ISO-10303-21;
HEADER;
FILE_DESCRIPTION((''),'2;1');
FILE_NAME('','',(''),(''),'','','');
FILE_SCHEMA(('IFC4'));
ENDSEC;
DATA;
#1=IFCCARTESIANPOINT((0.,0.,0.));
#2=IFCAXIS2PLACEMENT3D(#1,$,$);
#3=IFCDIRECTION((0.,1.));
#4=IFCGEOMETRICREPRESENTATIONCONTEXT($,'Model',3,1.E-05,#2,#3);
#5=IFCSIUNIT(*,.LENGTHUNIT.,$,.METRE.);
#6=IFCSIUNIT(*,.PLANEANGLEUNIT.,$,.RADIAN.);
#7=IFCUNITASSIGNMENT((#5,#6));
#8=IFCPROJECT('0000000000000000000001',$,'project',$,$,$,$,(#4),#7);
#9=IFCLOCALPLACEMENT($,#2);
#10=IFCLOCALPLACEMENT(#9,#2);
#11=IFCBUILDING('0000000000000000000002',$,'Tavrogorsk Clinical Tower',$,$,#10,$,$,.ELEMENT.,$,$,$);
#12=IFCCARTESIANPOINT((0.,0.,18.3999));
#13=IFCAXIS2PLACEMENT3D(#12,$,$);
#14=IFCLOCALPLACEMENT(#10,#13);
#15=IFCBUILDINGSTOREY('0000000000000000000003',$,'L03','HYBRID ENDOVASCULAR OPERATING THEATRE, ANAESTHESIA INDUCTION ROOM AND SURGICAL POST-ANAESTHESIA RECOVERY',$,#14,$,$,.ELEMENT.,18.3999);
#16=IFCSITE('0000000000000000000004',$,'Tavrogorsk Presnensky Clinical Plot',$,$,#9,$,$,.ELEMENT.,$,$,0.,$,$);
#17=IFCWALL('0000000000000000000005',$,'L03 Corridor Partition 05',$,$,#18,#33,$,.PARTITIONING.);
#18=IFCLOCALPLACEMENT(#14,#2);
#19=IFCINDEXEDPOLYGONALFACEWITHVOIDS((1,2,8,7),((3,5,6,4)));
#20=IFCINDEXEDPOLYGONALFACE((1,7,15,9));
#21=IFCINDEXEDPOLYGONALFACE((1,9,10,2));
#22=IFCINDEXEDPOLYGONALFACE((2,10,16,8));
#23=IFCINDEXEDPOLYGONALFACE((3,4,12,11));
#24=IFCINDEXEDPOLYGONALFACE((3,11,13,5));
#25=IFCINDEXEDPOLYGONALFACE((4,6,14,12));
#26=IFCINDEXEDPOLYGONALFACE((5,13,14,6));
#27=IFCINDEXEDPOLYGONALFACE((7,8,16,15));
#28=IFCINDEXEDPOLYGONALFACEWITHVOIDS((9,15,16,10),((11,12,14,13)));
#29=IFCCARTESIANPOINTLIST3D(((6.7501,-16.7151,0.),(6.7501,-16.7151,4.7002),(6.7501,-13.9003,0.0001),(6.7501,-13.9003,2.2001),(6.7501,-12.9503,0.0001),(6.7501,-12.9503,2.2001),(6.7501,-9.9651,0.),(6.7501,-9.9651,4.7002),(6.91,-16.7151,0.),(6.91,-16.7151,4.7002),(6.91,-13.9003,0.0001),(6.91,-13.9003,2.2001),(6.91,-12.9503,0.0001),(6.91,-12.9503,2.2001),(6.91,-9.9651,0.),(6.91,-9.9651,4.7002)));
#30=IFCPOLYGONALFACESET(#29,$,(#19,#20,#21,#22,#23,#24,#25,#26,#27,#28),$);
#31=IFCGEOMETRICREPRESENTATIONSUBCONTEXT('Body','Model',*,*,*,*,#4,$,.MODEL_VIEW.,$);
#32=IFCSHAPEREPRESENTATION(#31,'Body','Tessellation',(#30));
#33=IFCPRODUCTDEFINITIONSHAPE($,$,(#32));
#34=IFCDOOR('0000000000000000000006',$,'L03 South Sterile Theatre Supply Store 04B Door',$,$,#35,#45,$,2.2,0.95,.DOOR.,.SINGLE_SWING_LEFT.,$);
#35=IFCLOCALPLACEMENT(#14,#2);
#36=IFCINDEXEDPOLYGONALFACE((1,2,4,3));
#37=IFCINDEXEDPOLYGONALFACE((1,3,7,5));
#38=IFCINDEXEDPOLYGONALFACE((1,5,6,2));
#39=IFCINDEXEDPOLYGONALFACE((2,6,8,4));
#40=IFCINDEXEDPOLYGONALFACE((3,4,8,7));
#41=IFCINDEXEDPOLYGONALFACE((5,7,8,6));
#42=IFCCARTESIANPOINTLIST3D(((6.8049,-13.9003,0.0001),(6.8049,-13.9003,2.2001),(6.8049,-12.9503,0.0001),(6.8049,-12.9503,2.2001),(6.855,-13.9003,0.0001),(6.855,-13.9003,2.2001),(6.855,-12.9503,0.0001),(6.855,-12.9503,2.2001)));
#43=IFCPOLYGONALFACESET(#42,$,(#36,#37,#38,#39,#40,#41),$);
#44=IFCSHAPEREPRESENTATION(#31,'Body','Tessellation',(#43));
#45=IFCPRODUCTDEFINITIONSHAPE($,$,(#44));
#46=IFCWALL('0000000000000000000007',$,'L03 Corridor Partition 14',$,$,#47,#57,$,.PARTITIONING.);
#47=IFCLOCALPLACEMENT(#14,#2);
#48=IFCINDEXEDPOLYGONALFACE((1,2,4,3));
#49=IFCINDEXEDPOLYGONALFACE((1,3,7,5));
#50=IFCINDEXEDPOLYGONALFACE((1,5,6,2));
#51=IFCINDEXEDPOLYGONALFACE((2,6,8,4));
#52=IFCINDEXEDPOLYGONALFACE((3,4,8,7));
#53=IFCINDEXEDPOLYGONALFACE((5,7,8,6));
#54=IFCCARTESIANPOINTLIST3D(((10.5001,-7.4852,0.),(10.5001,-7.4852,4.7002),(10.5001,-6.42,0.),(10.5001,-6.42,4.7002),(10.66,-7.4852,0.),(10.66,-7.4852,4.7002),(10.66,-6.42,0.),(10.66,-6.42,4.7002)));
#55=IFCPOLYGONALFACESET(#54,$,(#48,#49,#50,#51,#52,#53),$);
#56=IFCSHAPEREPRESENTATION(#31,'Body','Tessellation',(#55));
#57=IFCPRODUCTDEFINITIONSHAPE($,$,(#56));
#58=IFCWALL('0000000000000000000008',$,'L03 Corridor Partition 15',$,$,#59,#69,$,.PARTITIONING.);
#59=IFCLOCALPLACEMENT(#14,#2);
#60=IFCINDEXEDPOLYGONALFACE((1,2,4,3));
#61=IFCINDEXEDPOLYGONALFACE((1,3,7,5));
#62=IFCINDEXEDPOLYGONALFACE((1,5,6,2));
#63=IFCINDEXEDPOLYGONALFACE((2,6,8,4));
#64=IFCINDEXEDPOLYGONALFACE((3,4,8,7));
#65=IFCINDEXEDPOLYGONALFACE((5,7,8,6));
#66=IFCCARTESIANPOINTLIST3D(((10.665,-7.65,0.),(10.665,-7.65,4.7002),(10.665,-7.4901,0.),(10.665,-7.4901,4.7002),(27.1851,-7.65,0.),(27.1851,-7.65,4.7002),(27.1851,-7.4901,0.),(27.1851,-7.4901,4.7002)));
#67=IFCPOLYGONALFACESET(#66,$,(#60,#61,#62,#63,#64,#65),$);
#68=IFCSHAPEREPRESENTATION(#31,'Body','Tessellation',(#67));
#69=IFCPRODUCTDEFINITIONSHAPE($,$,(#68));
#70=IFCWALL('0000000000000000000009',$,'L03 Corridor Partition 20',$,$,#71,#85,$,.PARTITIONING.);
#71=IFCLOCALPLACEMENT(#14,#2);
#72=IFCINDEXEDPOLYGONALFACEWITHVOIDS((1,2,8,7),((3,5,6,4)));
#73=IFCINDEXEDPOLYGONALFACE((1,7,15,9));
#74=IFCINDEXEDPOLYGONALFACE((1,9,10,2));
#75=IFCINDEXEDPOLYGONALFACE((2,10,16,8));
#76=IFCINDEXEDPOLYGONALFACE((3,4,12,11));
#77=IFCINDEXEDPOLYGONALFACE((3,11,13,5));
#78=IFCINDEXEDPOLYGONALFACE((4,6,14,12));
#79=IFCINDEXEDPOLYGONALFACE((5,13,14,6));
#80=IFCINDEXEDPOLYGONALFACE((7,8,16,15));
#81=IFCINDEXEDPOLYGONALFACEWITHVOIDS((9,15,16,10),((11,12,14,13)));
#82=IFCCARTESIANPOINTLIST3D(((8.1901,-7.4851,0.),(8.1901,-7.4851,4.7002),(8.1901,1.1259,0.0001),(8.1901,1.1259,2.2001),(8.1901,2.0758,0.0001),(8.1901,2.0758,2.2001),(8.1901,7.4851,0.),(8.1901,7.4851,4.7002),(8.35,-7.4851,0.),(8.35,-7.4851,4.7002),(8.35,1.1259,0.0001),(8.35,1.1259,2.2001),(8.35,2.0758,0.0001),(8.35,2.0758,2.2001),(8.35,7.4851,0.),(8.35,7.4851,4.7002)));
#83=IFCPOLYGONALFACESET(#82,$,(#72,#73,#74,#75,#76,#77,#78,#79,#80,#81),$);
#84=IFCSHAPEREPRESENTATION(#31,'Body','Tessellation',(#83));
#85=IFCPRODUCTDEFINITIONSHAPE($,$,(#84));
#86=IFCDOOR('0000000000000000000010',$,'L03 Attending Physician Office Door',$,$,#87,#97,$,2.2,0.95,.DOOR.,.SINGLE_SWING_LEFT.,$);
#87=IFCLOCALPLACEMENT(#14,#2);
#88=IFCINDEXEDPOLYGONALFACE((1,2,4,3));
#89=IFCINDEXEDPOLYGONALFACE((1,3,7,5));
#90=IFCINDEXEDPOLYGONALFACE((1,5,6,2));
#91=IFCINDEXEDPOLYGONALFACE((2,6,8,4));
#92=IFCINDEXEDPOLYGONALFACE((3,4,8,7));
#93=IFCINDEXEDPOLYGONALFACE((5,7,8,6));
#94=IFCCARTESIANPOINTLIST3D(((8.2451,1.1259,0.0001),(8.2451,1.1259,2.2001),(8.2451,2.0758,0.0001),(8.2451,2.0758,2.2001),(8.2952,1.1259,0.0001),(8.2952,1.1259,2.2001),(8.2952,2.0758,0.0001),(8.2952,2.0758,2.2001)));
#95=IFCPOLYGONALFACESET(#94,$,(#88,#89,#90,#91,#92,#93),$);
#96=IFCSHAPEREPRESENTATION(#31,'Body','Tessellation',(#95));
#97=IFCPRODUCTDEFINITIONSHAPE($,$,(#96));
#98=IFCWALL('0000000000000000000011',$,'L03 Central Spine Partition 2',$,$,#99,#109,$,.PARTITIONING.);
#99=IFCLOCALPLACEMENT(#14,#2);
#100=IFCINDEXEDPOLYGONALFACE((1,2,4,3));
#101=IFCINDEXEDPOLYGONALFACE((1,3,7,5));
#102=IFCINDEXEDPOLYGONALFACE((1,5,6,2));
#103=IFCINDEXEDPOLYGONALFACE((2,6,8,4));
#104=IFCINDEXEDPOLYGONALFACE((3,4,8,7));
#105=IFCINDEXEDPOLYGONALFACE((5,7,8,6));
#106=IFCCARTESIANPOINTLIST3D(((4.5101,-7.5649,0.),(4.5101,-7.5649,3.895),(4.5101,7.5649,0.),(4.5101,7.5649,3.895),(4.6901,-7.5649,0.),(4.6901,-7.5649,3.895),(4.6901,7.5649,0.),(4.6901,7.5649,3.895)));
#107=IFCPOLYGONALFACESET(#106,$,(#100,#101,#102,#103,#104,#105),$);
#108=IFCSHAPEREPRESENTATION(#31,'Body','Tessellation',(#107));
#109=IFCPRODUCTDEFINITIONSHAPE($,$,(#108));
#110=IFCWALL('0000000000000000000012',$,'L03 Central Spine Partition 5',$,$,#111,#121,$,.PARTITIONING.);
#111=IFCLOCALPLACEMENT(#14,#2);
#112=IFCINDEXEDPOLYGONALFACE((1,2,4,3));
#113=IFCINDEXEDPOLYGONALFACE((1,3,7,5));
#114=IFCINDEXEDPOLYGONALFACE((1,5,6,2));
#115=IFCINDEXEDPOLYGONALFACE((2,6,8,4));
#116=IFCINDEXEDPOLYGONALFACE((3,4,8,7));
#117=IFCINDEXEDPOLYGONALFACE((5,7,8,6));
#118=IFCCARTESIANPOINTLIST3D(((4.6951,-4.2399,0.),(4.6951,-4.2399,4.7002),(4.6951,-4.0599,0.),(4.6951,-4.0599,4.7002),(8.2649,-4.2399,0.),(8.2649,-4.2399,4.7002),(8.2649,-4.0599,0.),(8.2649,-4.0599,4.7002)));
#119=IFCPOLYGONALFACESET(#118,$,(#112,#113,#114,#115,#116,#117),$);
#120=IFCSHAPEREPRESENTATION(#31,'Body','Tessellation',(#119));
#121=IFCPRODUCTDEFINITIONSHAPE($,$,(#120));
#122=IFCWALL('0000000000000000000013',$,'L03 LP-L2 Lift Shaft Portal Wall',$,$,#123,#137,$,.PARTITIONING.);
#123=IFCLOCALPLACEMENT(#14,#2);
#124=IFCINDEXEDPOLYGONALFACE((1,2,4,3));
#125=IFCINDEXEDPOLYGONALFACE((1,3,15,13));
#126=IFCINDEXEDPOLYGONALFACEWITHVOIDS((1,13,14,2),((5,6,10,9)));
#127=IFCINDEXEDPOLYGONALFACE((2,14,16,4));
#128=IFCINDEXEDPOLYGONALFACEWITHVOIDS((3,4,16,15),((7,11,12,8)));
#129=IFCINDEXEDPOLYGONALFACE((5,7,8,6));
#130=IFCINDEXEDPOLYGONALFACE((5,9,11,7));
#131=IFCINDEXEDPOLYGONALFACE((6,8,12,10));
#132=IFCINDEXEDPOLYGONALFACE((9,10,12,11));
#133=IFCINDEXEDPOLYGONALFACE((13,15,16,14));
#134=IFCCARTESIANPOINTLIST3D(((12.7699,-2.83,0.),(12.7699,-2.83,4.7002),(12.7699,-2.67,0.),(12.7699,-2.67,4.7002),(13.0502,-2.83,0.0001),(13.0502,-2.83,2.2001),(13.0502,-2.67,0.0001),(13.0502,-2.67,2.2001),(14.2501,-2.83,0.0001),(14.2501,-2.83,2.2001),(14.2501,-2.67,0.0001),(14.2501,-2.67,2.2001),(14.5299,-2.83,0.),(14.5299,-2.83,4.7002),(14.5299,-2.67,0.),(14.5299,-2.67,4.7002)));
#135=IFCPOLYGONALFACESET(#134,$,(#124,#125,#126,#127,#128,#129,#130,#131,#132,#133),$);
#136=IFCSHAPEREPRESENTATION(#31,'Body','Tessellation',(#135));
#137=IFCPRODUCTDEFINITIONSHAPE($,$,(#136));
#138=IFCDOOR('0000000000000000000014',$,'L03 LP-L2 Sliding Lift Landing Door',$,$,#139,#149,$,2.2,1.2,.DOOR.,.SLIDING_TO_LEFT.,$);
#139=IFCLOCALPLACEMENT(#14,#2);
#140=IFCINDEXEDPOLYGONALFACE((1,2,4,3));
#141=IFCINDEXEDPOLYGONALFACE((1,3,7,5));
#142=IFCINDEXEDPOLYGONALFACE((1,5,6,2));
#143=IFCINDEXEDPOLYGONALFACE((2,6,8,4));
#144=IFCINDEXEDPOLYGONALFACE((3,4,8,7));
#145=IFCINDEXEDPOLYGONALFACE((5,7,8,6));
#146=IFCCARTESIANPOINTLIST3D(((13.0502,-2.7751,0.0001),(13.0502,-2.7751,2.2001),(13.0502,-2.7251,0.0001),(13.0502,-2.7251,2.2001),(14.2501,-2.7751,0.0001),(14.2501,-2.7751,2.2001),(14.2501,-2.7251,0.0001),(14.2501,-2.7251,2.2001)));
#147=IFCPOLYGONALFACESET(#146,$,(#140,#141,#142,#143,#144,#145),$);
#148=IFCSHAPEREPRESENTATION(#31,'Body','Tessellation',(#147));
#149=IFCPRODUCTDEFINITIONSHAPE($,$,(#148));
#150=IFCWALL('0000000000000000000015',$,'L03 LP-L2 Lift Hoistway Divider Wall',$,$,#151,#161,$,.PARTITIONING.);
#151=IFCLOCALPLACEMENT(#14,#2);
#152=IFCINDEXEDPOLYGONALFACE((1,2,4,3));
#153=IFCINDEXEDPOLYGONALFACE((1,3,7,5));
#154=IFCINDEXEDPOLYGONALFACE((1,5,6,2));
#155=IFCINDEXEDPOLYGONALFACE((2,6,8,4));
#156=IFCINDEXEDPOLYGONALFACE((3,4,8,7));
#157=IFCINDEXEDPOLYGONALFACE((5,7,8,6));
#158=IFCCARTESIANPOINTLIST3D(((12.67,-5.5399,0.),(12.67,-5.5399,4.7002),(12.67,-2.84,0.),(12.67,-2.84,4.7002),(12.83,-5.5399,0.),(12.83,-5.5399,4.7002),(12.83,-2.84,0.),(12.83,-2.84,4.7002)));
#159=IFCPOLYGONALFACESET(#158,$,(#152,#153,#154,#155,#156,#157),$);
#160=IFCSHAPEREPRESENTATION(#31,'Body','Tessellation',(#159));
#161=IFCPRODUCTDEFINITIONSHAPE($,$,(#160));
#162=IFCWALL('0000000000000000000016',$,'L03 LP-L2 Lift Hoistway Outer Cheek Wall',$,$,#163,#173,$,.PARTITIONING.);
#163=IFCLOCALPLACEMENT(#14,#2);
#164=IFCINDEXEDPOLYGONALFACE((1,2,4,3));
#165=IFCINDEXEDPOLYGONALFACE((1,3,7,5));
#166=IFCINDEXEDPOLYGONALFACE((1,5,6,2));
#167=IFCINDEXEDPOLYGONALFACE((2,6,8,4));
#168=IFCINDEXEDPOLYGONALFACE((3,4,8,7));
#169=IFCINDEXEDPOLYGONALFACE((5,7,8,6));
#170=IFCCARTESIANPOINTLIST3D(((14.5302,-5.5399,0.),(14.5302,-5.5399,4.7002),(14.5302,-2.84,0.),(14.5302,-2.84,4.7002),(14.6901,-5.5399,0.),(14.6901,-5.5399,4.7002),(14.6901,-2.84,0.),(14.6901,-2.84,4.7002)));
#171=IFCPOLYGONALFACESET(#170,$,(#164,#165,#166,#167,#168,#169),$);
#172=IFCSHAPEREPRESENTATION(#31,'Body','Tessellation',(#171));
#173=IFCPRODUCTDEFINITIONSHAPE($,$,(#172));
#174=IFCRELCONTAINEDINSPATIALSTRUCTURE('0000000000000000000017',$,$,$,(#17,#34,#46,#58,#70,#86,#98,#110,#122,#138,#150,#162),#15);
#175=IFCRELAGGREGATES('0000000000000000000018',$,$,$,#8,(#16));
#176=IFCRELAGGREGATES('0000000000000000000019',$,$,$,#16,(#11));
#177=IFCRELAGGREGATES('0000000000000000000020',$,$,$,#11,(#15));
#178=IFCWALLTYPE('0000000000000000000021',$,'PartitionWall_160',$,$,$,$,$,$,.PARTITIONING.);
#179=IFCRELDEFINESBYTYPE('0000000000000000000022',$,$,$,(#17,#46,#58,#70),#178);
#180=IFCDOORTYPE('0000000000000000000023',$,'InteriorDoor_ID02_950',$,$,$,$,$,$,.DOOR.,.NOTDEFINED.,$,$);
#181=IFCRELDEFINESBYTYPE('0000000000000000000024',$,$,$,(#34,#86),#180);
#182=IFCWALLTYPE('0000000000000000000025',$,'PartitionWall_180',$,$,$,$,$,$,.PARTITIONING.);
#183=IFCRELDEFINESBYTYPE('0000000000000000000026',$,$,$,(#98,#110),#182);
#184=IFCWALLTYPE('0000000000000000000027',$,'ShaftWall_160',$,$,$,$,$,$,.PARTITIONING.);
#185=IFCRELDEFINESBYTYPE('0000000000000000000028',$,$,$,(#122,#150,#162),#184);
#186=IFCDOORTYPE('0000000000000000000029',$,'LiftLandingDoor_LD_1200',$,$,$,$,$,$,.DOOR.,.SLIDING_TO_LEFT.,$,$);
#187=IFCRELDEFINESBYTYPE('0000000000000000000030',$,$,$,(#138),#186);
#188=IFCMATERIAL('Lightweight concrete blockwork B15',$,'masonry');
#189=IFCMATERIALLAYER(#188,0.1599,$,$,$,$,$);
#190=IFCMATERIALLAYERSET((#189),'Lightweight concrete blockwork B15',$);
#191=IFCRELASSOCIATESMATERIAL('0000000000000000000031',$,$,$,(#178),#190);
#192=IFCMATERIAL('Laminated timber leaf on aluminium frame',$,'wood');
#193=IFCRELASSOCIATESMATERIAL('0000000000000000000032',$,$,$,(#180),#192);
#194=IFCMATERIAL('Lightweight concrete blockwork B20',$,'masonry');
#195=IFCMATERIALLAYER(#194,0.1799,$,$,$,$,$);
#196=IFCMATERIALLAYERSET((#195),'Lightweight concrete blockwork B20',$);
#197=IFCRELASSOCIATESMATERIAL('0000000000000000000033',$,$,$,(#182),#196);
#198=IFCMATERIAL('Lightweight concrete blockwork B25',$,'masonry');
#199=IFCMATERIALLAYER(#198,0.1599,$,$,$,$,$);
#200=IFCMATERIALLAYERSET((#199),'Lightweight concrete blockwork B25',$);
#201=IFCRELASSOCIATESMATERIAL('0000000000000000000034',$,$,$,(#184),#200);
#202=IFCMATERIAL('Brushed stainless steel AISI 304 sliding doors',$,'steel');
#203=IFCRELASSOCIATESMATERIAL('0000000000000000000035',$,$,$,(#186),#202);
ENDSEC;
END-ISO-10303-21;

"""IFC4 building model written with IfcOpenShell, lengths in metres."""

from ifc_helpers import new_model, si_unit, direction, frame, frame_2d, origin, place, context, subcontext, project, spatial, rectangle, extrude, material, layer, layer_set, type_object, element, fill, save


model = new_model("IFC4")

# Units and contexts
model_context = context("Model", 3, precision=1e-05, world=origin(), true_north=direction((0.0, 1.0)))
body_context = subcontext(model_context, "Body", "Model", "MODEL_VIEW")
ifc_project = project(units=[si_unit("LENGTHUNIT", "METRE"), si_unit("PLANEANGLEUNIT", "RADIAN")], contexts=[model_context])

# Site, building, storey
site_placement = place(None, origin())
site = spatial("IfcSite", under=ifc_project, at=site_placement, Name="Tavrogorsk Presnensky Clinical Plot", CompositionType="ELEMENT", RefElevation=0.0)
building_placement = place(site_placement, origin())
building = spatial("IfcBuilding", under=site, at=building_placement, Name="Tavrogorsk Clinical Tower", CompositionType="ELEMENT")
storey_placement = place(building_placement, frame((0.0, 0.0, 18.3999)))
storey = spatial("IfcBuildingStorey", under=building, at=storey_placement, Name="L03", Description="HYBRID ENDOVASCULAR OPERATING THEATRE, ANAESTHESIA INDUCTION ROOM AND SURGICAL POST-ANAESTHESIA RECOVERY", CompositionType="ELEMENT", Elevation=18.3999)

# Wall, opening, door
ifc_material_1 = material(Name="Lightweight concrete blockwork B15", Category="masonry")
ifc_layer_1 = layer(ifc_material_1, 0.1599)
ifc_layer_set_1 = layer_set([ifc_layer_1], Name="Lightweight concrete blockwork B15")
wall_type_1 = type_object("IfcWallType", Name="PartitionWall_160", PredefinedType="PARTITIONING", material=ifc_layer_set_1)
wall_1_placement = place(storey_placement, frame((6.8301, -9.9651, 0.0), z_axis=(0.0, 0.0, 1.0), x_axis=(0.0, -1.0, 0.0)))
wall_1 = element("IfcWall", 1, at=wall_1_placement, inside=storey, type_object=wall_type_1, Name="L03 Corridor Partition 05", PredefinedType="PARTITIONING", context=body_context, shape_type="SweptSolid", body=[
    extrude(rectangle(XDim=6.75, YDim=0.1599, at=frame_2d((3.375, 0.0))), origin(), (0.0, 0.0, 1.0), 4.7002),
])
opening_1_placement = place(wall_1_placement, frame((2.9851, 0.0, 0.0)))
opening_1 = element("IfcOpeningElement", 2, at=opening_1_placement, cuts=wall_1, PredefinedType="OPENING", context=body_context, shape_type="SweptSolid", body=[
    extrude(rectangle(XDim=0.95, YDim=2.2, at=frame_2d((0.4751, 1.1001))), frame((0.0, 0.0898, 0.0), z_axis=(0.0, -1.0, 0.0), x_axis=(1.0, 0.0, 0.0)), (0.0, 0.0, 1.0), 0.1799),
])
ifc_material_2 = material(Name="Laminated timber leaf on aluminium frame", Category="wood")
door_type_1 = type_object("IfcDoorType", Name="InteriorDoor_ID02_950", OperationType="NOTDEFINED", PredefinedType="DOOR", material=ifc_material_2)
door_1_placement = place(opening_1_placement, origin())
door_1 = element("IfcDoor", 3, at=door_1_placement, inside=storey, type_object=door_type_1, Name="L03 South Sterile Theatre Supply Store 04B Door", OperationType="SINGLE_SWING_LEFT", OverallHeight=2.2, OverallWidth=0.95, PredefinedType="DOOR", context=body_context, shape_type="SweptSolid", body=[
    extrude(rectangle(XDim=0.95, YDim=2.2, at=frame_2d((0.4751, 1.1001))), frame((0.0, 0.0249, 0.0), z_axis=(0.0, -1.0, 0.0), x_axis=(1.0, 0.0, 0.0)), (0.0, 0.0, 1.0), 0.05),
])
fill(opening_1, door_1)

# Walls
wall_2_placement = place(storey_placement, frame((10.5801, -6.4199, 0.0), z_axis=(0.0, 0.0, 1.0), x_axis=(0.0, -1.0, 0.0)))
element("IfcWall", 4, at=wall_2_placement, inside=storey, type_object=wall_type_1, Name="L03 Corridor Partition 14", PredefinedType="PARTITIONING", context=body_context, shape_type="SweptSolid", body=[
    extrude(rectangle(XDim=1.0652, YDim=0.1599, at=frame_2d((0.5327, 0.0))), origin(), (0.0, 0.0, 1.0), 4.7002),
])
wall_3_placement = place(storey_placement, frame((10.665, -7.5701, 0.0), z_axis=(0.0, 0.0, 1.0), x_axis=(1.0, 0.0, 0.0)))
element("IfcWall", 5, at=wall_3_placement, inside=storey, type_object=wall_type_1, Name="L03 Corridor Partition 15", PredefinedType="PARTITIONING", context=body_context, shape_type="SweptSolid", body=[
    extrude(rectangle(XDim=16.52, YDim=0.1599, at=frame_2d((8.26, 0.0))), origin(), (0.0, 0.0, 1.0), 4.7002),
])

# Wall, opening, door
wall_4_placement = place(storey_placement, frame((8.27, -7.4851, 0.0), z_axis=(0.0, 0.0, 1.0), x_axis=(0.0, 1.0, 0.0)))
wall_4 = element("IfcWall", 6, at=wall_4_placement, inside=storey, type_object=wall_type_1, Name="L03 Corridor Partition 20", PredefinedType="PARTITIONING", context=body_context, shape_type="SweptSolid", body=[
    extrude(rectangle(XDim=14.9702, YDim=0.1599, at=frame_2d((7.4851, 0.0))), origin(), (0.0, 0.0, 1.0), 4.7002),
])
opening_2_placement = place(wall_4_placement, frame((8.6108, 0.0, 0.0)))
opening_2 = element("IfcOpeningElement", 7, at=opening_2_placement, cuts=wall_4, PredefinedType="OPENING", context=body_context, shape_type="SweptSolid", body=[
    extrude(rectangle(XDim=0.95, YDim=2.2, at=frame_2d((0.4751, 1.1001))), frame((0.0, 0.0898, 0.0), z_axis=(0.0, -1.0, 0.0), x_axis=(1.0, 0.0, 0.0)), (0.0, 0.0, 1.0), 0.1799),
])
door_2_placement = place(opening_2_placement, origin())
door_2 = element("IfcDoor", 8, at=door_2_placement, inside=storey, type_object=door_type_1, Name="L03 Attending Physician Office Door", OperationType="SINGLE_SWING_LEFT", OverallHeight=2.2, OverallWidth=0.95, PredefinedType="DOOR", context=body_context, shape_type="SweptSolid", body=[
    extrude(rectangle(XDim=0.95, YDim=2.2, at=frame_2d((0.4751, 1.1001))), frame((0.0, 0.0249, 0.0), z_axis=(0.0, -1.0, 0.0), x_axis=(1.0, 0.0, 0.0)), (0.0, 0.0, 1.0), 0.05),
])
fill(opening_2, door_2)

# Walls
ifc_material_3 = material(Name="Lightweight concrete blockwork B20", Category="masonry")
ifc_layer_2 = layer(ifc_material_3, 0.1799)
ifc_layer_set_2 = layer_set([ifc_layer_2], Name="Lightweight concrete blockwork B20")
wall_type_2 = type_object("IfcWallType", Name="PartitionWall_180", PredefinedType="PARTITIONING", material=ifc_layer_set_2)
wall_5_placement = place(storey_placement, frame((4.6001, -7.5649, 0.0), z_axis=(0.0, 0.0, 1.0), x_axis=(0.0, 1.0, 0.0)))
element("IfcWall", 9, at=wall_5_placement, inside=storey, type_object=wall_type_2, Name="L03 Central Spine Partition 2", PredefinedType="PARTITIONING", context=body_context, shape_type="SweptSolid", body=[
    extrude(rectangle(XDim=15.1299, YDim=0.1799, at=frame_2d((7.5649, 0.0))), origin(), (0.0, 0.0, 1.0), 3.895),
])
wall_6_placement = place(storey_placement, frame((4.6951, -4.1499, 0.0), z_axis=(0.0, 0.0, 1.0), x_axis=(1.0, 0.0, 0.0)))
element("IfcWall", 10, at=wall_6_placement, inside=storey, type_object=wall_type_2, Name="L03 Central Spine Partition 5", PredefinedType="PARTITIONING", context=body_context, shape_type="SweptSolid", body=[
    extrude(rectangle(XDim=3.5698, YDim=0.1799, at=frame_2d((1.7849, 0.0))), origin(), (0.0, 0.0, 1.0), 4.7002),
])

# Wall, opening, door
ifc_material_4 = material(Name="Lightweight concrete blockwork B25", Category="masonry")
ifc_layer_3 = layer(ifc_material_4, 0.1599)
ifc_layer_set_3 = layer_set([ifc_layer_3], Name="Lightweight concrete blockwork B25")
wall_type_3 = type_object("IfcWallType", Name="ShaftWall_160", PredefinedType="PARTITIONING", material=ifc_layer_set_3)
wall_7_placement = place(storey_placement, frame((12.77, -2.75, 0.0), z_axis=(0.0, 0.0, 1.0), x_axis=(1.0, 0.0, 0.0)))
wall_7 = element("IfcWall", 11, at=wall_7_placement, inside=storey, type_object=wall_type_3, Name="L03 LP-L2 Lift Shaft Portal Wall", PredefinedType="PARTITIONING", context=body_context, shape_type="SweptSolid", body=[
    extrude(rectangle(XDim=1.76, YDim=0.1599, at=frame_2d((0.8799, 0.0))), origin(), (0.0, 0.0, 1.0), 4.7002),
])
opening_3_placement = place(wall_7_placement, frame((0.28, 0.0, 0.0)))
opening_3 = element("IfcOpeningElement", 12, at=opening_3_placement, cuts=wall_7, PredefinedType="OPENING", context=body_context, shape_type="SweptSolid", body=[
    extrude(rectangle(XDim=1.2, YDim=2.2, at=frame_2d((0.6001, 1.1001))), frame((0.0, 0.0898, 0.0), z_axis=(0.0, -1.0, 0.0), x_axis=(1.0, 0.0, 0.0)), (0.0, 0.0, 1.0), 0.1799),
])
ifc_material_5 = material(Name="Brushed stainless steel AISI 304 sliding doors", Category="steel")
door_type_2 = type_object("IfcDoorType", Name="LiftLandingDoor_LD_1200", OperationType="SLIDING_TO_LEFT", PredefinedType="DOOR", material=ifc_material_5)
door_3_placement = place(opening_3_placement, origin())
door_3 = element("IfcDoor", 13, at=door_3_placement, inside=storey, type_object=door_type_2, Name="L03 LP-L2 Sliding Lift Landing Door", OperationType="SLIDING_TO_LEFT", OverallHeight=2.2, OverallWidth=1.2, PredefinedType="DOOR", context=body_context, shape_type="SweptSolid", body=[
    extrude(rectangle(XDim=1.2, YDim=2.2, at=frame_2d((0.6001, 1.1001))), frame((0.0, 0.0249, 0.0), z_axis=(0.0, -1.0, 0.0), x_axis=(1.0, 0.0, 0.0)), (0.0, 0.0, 1.0), 0.05),
])
fill(opening_3, door_3)

# Walls
for number, where, z_axis, x_axis, name in (
    (14, (12.75, -5.54, 0.0), (0.0, 0.0, 1.0), (0.0, 1.0, 0.0), "L03 LP-L2 Lift Hoistway Divider Wall"),
    (15, (14.6101, -5.54, 0.0), (0.0, 0.0, 1.0), (0.0, 1.0, 0.0), "L03 LP-L2 Lift Hoistway Outer Cheek Wall"),
):
    element("IfcWall", number, at=place(storey_placement, frame(where, z_axis=z_axis, x_axis=x_axis)), inside=storey, type_object=wall_type_3, Name=name, PredefinedType="PARTITIONING", context=body_context, shape_type="SweptSolid", body=[
        extrude(rectangle(XDim=2.7, YDim=0.1599, at=frame_2d((1.3501, 0.0))), origin(), (0.0, 0.0, 1.0), 4.7002),
    ])

save(model, "model.ifc")
